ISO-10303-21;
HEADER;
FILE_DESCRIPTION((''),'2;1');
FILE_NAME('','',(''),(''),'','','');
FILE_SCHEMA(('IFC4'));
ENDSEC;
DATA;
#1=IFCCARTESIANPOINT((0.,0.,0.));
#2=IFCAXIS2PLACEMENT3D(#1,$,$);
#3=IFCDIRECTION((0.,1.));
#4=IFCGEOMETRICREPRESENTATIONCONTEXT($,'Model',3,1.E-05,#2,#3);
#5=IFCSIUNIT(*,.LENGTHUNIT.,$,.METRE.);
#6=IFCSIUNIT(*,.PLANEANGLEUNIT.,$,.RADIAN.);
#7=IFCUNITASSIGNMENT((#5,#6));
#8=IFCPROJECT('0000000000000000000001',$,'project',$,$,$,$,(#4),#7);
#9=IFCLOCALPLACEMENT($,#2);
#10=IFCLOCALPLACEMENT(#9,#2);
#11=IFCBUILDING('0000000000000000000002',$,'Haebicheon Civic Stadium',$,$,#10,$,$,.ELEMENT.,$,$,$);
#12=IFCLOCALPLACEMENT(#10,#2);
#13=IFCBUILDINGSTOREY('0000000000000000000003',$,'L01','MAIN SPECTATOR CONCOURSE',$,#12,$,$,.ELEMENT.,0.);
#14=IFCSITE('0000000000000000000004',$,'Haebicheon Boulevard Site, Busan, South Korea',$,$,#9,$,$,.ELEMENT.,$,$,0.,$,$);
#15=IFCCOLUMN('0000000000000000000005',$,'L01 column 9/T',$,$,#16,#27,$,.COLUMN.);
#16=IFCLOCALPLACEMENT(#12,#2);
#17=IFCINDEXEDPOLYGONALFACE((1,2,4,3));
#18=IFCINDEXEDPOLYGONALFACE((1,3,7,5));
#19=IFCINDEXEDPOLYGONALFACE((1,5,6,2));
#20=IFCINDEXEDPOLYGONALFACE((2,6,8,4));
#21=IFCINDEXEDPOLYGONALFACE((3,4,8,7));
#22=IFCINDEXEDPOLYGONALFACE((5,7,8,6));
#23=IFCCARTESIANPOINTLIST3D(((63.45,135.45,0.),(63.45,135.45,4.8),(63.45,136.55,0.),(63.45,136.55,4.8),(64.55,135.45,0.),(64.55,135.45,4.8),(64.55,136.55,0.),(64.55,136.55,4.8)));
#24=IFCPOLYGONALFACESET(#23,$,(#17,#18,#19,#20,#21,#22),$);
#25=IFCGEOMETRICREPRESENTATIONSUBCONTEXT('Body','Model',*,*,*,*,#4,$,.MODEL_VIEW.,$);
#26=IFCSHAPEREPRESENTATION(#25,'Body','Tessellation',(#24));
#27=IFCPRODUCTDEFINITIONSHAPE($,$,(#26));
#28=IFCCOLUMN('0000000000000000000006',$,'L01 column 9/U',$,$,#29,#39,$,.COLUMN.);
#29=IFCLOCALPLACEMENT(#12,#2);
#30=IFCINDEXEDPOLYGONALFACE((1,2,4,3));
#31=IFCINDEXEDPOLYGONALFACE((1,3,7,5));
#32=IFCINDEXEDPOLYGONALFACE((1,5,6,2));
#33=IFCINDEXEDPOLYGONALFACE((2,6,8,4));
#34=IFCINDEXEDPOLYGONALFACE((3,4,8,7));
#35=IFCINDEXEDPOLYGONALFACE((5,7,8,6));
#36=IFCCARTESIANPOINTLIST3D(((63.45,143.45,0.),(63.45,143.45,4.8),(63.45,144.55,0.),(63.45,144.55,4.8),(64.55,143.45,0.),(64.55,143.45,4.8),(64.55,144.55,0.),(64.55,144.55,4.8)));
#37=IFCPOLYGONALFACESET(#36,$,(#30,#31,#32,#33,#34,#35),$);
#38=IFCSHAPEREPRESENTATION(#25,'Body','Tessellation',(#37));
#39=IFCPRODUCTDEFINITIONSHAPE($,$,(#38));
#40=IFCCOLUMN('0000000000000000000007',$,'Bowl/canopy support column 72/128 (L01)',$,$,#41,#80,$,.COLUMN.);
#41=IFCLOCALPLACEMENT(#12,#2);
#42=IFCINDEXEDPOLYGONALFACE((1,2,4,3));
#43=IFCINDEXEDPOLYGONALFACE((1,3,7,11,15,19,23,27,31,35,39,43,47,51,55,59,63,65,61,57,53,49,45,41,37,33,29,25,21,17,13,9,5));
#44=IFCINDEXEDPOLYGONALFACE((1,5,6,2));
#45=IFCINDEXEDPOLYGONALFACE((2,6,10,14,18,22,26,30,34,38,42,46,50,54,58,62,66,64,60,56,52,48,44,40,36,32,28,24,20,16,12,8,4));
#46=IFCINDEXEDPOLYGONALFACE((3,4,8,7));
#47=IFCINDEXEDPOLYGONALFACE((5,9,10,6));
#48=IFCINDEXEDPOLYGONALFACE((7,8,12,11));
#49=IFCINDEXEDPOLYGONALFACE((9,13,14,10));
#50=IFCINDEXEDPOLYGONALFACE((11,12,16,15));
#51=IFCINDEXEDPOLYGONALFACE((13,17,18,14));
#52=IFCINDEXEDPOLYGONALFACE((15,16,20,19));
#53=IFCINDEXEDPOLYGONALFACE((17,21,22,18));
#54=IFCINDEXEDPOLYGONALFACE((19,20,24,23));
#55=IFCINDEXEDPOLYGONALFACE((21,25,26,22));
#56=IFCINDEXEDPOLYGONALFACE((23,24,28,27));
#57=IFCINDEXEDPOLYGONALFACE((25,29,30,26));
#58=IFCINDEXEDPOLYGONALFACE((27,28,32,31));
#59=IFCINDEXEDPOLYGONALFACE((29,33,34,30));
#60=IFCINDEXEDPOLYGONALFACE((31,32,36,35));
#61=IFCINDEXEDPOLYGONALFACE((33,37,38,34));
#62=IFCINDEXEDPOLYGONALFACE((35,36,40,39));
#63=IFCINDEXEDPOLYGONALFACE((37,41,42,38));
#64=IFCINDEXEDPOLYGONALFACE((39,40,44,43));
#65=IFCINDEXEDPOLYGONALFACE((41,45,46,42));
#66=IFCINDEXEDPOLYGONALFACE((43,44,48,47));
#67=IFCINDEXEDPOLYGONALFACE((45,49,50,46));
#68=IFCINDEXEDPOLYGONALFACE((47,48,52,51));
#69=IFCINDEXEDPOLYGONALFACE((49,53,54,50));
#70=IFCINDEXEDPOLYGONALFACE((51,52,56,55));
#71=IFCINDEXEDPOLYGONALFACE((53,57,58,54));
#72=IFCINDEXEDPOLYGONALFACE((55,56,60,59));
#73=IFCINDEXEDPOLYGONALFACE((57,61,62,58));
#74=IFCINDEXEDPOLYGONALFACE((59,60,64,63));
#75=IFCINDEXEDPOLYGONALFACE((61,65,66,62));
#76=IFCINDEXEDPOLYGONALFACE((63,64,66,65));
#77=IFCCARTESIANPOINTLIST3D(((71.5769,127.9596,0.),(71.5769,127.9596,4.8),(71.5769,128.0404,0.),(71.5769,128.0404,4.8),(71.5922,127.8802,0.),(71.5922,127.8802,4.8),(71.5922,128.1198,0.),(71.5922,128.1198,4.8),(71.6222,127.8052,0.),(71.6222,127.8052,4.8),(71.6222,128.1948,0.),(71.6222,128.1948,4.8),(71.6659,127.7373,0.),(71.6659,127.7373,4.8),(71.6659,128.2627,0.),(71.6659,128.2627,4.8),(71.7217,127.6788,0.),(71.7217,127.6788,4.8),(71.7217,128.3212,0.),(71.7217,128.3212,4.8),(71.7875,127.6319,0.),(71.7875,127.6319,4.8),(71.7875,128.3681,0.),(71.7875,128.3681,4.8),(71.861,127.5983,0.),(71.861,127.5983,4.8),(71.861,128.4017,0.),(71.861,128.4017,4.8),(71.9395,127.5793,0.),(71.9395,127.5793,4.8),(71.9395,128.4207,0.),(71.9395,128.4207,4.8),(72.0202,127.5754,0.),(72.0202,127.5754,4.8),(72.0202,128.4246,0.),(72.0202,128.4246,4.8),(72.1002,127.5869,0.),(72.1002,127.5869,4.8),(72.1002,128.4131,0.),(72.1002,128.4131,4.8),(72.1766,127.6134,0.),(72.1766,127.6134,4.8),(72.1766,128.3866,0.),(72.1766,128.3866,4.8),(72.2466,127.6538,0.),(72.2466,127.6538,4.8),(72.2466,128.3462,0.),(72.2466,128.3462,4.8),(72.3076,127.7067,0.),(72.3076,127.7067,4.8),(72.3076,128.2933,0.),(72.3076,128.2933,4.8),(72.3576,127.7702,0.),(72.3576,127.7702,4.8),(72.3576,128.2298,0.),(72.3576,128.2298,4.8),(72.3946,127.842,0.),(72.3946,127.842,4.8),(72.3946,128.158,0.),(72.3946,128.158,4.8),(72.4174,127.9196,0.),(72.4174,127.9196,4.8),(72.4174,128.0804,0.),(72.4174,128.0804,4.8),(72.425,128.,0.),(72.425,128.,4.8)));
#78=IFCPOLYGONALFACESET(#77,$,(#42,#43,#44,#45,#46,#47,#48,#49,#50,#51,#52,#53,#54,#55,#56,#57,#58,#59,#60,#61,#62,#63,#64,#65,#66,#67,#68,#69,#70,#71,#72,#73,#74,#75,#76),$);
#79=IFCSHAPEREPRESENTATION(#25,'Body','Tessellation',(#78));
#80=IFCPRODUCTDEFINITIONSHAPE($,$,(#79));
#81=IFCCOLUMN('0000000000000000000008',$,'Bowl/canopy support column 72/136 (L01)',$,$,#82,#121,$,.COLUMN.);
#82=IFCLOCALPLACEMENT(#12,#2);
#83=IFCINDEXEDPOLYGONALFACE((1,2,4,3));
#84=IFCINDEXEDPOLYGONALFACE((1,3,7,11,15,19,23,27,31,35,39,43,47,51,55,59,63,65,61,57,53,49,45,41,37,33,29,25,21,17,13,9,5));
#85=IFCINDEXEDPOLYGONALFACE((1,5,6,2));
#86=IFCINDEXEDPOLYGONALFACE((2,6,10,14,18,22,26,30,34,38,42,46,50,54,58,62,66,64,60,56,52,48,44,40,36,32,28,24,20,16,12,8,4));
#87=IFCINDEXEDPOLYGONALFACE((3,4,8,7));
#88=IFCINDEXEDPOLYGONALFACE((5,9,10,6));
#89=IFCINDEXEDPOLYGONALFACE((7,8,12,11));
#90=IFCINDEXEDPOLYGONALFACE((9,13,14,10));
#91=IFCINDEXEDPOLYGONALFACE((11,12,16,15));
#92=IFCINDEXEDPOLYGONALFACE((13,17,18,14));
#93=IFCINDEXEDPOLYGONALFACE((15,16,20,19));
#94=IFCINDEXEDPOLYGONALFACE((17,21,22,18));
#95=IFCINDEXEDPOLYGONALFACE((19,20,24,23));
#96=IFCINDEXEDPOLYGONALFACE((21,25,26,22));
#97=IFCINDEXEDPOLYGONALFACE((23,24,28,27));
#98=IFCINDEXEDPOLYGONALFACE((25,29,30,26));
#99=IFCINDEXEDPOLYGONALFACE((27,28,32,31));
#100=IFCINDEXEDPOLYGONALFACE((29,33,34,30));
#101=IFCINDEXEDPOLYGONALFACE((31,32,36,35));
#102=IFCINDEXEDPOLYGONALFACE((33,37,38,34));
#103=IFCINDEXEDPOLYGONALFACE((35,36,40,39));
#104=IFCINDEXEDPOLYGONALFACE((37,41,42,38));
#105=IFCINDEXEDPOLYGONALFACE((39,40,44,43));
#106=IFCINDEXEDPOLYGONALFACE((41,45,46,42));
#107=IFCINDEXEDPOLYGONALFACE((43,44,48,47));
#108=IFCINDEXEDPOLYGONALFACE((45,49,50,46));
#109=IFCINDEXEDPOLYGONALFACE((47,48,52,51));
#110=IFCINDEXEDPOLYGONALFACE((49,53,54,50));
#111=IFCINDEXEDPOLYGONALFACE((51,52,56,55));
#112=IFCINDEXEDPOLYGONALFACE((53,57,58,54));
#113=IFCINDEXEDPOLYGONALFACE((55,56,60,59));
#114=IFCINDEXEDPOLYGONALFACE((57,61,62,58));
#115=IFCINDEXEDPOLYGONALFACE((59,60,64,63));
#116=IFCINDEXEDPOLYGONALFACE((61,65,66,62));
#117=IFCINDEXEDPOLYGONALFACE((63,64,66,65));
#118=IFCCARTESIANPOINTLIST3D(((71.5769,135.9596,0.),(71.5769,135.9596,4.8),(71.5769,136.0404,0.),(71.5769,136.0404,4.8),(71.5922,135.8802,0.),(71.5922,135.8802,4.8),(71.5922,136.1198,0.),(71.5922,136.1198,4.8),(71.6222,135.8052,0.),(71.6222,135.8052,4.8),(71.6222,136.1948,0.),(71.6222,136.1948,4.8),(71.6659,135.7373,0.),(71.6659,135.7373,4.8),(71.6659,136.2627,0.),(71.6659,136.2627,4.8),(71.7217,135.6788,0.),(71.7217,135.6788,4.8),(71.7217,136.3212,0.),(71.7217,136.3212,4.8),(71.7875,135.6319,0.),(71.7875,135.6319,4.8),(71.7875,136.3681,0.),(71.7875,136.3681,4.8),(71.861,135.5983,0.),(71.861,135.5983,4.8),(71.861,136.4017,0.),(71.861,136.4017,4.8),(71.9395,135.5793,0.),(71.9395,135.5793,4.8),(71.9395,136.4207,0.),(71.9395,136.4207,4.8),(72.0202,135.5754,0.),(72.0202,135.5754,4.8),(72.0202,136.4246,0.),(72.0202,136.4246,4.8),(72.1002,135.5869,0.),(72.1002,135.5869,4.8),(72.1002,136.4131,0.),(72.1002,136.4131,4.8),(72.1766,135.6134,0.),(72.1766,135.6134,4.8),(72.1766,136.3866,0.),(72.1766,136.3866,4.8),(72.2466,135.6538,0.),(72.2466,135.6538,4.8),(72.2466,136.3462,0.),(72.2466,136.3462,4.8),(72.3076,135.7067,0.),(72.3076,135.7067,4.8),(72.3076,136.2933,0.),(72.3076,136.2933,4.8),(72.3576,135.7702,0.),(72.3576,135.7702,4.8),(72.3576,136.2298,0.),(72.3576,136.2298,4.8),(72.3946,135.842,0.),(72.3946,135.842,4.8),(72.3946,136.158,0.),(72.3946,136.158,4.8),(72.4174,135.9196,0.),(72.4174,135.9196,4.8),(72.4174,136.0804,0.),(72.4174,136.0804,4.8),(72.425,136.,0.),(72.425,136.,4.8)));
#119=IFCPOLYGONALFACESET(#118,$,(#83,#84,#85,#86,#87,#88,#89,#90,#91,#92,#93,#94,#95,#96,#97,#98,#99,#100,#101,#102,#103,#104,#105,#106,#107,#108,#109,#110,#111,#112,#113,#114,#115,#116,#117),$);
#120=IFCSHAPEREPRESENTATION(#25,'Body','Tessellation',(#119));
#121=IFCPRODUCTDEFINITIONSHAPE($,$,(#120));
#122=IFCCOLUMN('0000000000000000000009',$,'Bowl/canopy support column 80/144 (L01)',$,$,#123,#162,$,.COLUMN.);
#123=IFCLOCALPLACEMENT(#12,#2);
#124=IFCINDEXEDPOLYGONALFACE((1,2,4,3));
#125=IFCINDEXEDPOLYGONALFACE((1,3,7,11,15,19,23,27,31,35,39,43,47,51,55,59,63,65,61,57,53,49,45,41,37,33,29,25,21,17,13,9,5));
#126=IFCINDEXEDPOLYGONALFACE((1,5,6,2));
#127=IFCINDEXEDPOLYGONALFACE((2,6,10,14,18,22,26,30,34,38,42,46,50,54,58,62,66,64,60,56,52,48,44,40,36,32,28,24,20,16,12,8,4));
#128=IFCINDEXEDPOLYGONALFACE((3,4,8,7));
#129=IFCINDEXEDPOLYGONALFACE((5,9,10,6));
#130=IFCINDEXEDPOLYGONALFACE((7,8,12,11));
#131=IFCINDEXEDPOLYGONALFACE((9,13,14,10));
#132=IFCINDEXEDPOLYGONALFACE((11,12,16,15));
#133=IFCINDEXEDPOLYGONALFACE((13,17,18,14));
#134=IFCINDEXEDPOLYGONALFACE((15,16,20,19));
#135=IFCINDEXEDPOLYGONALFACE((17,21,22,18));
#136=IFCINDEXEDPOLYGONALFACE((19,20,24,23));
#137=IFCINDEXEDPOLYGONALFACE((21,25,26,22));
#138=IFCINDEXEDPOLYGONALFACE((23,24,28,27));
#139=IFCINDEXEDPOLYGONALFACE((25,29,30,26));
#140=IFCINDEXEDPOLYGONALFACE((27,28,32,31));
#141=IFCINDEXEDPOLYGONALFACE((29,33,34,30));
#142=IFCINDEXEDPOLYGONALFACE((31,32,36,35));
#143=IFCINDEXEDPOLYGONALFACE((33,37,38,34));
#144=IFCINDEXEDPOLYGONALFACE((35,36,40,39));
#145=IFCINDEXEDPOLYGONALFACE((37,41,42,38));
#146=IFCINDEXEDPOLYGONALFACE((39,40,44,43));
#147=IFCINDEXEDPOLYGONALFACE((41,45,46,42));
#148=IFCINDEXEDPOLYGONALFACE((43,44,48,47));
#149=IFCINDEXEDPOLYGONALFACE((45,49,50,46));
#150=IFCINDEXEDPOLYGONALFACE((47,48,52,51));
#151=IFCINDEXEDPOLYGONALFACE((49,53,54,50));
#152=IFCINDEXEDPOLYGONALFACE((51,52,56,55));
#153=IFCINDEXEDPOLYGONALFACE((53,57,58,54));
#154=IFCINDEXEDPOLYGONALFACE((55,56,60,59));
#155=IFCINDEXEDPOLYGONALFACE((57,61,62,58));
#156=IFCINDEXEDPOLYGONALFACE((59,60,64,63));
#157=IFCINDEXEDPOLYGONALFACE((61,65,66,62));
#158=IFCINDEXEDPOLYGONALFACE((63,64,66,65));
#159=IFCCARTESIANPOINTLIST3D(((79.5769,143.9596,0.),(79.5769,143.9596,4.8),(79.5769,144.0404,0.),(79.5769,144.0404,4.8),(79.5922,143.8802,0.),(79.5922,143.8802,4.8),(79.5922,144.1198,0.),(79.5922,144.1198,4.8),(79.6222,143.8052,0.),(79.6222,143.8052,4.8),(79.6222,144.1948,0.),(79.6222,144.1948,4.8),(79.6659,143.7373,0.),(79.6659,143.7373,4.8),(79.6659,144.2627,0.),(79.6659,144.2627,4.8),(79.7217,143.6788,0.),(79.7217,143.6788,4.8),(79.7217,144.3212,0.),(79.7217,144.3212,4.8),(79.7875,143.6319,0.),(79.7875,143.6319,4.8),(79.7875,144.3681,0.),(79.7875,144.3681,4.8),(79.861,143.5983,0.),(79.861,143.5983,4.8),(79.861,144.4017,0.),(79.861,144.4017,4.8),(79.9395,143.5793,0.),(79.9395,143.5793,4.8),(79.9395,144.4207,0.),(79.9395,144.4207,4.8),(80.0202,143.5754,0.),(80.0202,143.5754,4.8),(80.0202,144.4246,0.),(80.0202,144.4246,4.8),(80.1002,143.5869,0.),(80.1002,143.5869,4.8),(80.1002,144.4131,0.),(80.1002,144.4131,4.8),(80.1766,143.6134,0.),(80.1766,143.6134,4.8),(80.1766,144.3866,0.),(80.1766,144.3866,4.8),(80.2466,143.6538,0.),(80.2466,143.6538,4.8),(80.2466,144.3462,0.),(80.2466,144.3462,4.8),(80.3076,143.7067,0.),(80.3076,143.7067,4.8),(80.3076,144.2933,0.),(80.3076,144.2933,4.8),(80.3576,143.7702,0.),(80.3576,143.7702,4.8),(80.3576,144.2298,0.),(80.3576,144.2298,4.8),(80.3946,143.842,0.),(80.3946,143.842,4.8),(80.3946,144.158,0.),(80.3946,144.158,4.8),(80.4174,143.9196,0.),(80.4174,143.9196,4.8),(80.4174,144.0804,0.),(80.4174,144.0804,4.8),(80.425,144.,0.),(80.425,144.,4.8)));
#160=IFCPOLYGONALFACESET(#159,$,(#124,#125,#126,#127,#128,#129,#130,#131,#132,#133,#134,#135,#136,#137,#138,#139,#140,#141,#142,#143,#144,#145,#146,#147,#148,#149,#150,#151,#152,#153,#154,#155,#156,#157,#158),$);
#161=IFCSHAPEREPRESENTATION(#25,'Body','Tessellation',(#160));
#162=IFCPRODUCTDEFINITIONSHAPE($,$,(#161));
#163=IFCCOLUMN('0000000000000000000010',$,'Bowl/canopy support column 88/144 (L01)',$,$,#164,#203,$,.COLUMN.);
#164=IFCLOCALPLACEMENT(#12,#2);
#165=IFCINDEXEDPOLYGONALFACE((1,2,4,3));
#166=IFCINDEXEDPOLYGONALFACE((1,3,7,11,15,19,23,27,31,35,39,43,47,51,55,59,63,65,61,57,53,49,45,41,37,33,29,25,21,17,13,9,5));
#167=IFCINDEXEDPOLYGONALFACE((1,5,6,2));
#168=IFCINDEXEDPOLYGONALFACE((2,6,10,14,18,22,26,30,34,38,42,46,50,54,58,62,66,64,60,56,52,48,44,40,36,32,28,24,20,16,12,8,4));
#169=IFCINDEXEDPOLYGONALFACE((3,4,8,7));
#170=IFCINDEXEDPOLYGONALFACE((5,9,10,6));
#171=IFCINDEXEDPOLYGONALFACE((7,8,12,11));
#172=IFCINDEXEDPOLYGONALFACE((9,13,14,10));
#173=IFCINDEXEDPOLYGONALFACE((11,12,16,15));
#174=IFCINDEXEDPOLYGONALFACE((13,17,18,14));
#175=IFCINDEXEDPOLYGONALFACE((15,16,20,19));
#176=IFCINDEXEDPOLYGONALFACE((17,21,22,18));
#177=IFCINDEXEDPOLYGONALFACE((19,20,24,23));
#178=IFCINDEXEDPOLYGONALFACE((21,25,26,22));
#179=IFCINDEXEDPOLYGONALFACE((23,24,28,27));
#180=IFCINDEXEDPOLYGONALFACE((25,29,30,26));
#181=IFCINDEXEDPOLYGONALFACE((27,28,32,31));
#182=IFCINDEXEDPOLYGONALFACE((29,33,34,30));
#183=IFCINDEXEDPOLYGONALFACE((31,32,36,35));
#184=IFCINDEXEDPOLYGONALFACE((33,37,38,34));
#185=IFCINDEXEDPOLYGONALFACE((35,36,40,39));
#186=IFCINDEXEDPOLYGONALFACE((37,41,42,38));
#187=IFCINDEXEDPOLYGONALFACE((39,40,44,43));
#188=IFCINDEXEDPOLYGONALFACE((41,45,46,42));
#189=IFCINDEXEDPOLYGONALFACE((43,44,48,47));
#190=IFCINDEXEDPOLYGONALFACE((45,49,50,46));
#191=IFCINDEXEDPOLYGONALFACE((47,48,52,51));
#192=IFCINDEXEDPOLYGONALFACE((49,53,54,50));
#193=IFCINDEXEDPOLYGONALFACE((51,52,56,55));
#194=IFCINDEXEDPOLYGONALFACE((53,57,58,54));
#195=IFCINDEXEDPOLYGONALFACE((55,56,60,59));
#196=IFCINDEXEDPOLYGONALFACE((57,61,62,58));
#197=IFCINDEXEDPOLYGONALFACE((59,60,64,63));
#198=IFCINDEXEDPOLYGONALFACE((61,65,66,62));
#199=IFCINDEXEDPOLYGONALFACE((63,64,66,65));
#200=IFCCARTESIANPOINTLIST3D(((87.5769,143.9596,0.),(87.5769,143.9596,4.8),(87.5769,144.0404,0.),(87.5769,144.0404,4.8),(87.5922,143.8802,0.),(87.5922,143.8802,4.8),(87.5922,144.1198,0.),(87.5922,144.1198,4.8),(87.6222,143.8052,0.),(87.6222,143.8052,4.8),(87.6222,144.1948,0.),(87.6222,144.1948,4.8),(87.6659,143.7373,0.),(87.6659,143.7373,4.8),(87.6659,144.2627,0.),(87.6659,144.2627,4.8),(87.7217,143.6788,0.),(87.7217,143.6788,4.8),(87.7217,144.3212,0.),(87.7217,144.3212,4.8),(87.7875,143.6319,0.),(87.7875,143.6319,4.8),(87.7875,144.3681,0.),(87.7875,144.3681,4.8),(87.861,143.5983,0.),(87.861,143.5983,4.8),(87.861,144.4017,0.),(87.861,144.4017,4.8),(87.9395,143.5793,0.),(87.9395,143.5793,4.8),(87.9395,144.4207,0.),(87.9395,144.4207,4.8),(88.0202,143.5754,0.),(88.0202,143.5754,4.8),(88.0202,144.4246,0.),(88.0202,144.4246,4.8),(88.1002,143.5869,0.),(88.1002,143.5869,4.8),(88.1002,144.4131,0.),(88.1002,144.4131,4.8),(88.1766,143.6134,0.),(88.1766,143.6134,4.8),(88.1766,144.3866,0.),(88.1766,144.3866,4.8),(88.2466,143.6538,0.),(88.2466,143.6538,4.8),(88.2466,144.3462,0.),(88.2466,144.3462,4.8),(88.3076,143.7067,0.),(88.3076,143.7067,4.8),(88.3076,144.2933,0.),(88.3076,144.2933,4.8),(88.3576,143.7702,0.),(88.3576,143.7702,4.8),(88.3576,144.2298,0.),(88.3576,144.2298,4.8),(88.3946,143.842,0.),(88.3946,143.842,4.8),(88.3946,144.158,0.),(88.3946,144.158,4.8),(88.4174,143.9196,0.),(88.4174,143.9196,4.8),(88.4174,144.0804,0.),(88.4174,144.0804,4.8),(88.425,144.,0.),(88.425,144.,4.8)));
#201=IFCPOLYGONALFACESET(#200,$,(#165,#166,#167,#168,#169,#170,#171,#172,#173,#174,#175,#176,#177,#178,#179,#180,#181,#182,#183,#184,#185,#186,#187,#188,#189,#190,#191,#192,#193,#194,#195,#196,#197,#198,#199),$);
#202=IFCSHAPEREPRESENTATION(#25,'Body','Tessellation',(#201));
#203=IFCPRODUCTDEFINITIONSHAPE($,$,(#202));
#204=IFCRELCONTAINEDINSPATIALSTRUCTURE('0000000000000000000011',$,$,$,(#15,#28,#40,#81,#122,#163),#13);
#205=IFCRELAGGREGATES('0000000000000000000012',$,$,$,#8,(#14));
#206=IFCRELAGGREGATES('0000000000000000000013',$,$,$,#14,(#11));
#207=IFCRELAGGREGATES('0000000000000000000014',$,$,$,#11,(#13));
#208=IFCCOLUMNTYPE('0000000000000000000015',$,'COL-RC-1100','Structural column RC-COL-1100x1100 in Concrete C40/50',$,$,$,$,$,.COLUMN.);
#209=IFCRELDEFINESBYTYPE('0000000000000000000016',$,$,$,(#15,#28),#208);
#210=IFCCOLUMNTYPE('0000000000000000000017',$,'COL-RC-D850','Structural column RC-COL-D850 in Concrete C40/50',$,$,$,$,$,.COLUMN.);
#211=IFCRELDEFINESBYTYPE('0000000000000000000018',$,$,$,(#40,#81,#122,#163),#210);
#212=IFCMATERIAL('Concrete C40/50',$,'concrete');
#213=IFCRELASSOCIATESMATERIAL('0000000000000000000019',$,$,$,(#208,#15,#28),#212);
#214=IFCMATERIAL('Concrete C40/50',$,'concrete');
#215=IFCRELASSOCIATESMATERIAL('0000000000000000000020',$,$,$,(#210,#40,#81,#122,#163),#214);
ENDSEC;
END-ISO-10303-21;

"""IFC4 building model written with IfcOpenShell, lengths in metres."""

from ifc_helpers import new_model, si_unit, direction, frame, origin, origin_2d, place, context, subcontext, project, spatial, rectangle, circle, extrude, material, material_profile, profile_set, type_object, element, save


model = new_model("IFC4")

# Units and contexts
model_context = context("Model", 3, precision=1e-05, world=origin(), true_north=direction((0.0, 1.0)))
body_context = subcontext(model_context, "Body", "Model", "MODEL_VIEW")
ifc_project = project(units=[si_unit("LENGTHUNIT", "METRE"), si_unit("PLANEANGLEUNIT", "RADIAN")], contexts=[model_context])

# Site, building, storey
site_placement = place(None, origin())
site = spatial("IfcSite", under=ifc_project, at=site_placement, Name="Haebicheon Boulevard Site, Busan, South Korea", CompositionType="ELEMENT", RefElevation=0.0)
building_placement = place(site_placement, origin())
building = spatial("IfcBuilding", under=site, at=building_placement, Name="Haebicheon Civic Stadium", CompositionType="ELEMENT")
storey_placement = place(building_placement, origin())
storey = spatial("IfcBuildingStorey", under=building, at=storey_placement, Name="L01", Description="MAIN SPECTATOR CONCOURSE", CompositionType="ELEMENT", Elevation=0.0)

# Columns
ifc_material_1 = material(Name="Concrete C40/50", Category="concrete")
ifc_material_profile_1 = material_profile(ifc_material_1, rectangle(XDim=1.1001, YDim=1.1001, at=origin_2d()), Name="RC-COL-1100x1100")
ifc_profile_set_1 = profile_set([ifc_material_profile_1], Name="Concrete C40/50")
column_type_1 = type_object("IfcColumnType", Name="COL-RC-1100", Description="Structural column RC-COL-1100x1100 in Concrete C40/50", PredefinedType="COLUMN", material=ifc_profile_set_1)
for number, where, z_axis, x_axis, name in (
    (1, (64.0, 136.0, 0.0), (0.0, 0.0, 1.0), (1.0, 0.0, 0.0), "L01 column 9/T"),
    (2, (64.0, 144.0, 0.0), (0.0, 0.0, 1.0), (1.0, 0.0, 0.0), "L01 column 9/U"),
):
    element("IfcColumn", number, at=place(storey_placement, frame(where, z_axis=z_axis, x_axis=x_axis)), inside=storey, type_object=column_type_1, material=ifc_profile_set_1, Name=name, PredefinedType="COLUMN", context=body_context, shape_type="SweptSolid", body=[
        extrude(rectangle(XDim=1.1001, YDim=1.1001, at=origin_2d()), origin(), (0.0, 0.0, 1.0), 4.8),
    ])
ifc_material_2 = material(Name="Concrete C40/50", Category="concrete")
ifc_material_profile_2 = material_profile(ifc_material_2, circle(Radius=0.425, at=origin_2d()), Name="RC-COL-D850")
ifc_profile_set_2 = profile_set([ifc_material_profile_2], Name="Concrete C40/50")
column_type_2 = type_object("IfcColumnType", Name="COL-RC-D850", Description="Structural column RC-COL-D850 in Concrete C40/50", PredefinedType="COLUMN", material=ifc_profile_set_2)
for number, where, z_axis, x_axis, name in (
    (3, (72.0, 128.0, 0.0), (0.0, 0.0, 1.0), (1.0, 0.0, 0.0), "Bowl/canopy support column 72/128 (L01)"),
    (4, (72.0, 136.0, 0.0), (0.0, 0.0, 1.0), (1.0, 0.0, 0.0), "Bowl/canopy support column 72/136 (L01)"),
    (5, (80.0, 144.0, 0.0), (0.0, 0.0, 1.0), (1.0, 0.0, 0.0), "Bowl/canopy support column 80/144 (L01)"),
    (6, (88.0, 144.0, 0.0), (0.0, 0.0, 1.0), (1.0, 0.0, 0.0), "Bowl/canopy support column 88/144 (L01)"),
):
    element("IfcColumn", number, at=place(storey_placement, frame(where, z_axis=z_axis, x_axis=x_axis)), inside=storey, type_object=column_type_2, material=ifc_profile_set_2, Name=name, PredefinedType="COLUMN", context=body_context, shape_type="SweptSolid", body=[
        extrude(circle(Radius=0.425, at=origin_2d()), origin(), (0.0, 0.0, 1.0), 4.8),
    ])

save(model, "model.ifc")
